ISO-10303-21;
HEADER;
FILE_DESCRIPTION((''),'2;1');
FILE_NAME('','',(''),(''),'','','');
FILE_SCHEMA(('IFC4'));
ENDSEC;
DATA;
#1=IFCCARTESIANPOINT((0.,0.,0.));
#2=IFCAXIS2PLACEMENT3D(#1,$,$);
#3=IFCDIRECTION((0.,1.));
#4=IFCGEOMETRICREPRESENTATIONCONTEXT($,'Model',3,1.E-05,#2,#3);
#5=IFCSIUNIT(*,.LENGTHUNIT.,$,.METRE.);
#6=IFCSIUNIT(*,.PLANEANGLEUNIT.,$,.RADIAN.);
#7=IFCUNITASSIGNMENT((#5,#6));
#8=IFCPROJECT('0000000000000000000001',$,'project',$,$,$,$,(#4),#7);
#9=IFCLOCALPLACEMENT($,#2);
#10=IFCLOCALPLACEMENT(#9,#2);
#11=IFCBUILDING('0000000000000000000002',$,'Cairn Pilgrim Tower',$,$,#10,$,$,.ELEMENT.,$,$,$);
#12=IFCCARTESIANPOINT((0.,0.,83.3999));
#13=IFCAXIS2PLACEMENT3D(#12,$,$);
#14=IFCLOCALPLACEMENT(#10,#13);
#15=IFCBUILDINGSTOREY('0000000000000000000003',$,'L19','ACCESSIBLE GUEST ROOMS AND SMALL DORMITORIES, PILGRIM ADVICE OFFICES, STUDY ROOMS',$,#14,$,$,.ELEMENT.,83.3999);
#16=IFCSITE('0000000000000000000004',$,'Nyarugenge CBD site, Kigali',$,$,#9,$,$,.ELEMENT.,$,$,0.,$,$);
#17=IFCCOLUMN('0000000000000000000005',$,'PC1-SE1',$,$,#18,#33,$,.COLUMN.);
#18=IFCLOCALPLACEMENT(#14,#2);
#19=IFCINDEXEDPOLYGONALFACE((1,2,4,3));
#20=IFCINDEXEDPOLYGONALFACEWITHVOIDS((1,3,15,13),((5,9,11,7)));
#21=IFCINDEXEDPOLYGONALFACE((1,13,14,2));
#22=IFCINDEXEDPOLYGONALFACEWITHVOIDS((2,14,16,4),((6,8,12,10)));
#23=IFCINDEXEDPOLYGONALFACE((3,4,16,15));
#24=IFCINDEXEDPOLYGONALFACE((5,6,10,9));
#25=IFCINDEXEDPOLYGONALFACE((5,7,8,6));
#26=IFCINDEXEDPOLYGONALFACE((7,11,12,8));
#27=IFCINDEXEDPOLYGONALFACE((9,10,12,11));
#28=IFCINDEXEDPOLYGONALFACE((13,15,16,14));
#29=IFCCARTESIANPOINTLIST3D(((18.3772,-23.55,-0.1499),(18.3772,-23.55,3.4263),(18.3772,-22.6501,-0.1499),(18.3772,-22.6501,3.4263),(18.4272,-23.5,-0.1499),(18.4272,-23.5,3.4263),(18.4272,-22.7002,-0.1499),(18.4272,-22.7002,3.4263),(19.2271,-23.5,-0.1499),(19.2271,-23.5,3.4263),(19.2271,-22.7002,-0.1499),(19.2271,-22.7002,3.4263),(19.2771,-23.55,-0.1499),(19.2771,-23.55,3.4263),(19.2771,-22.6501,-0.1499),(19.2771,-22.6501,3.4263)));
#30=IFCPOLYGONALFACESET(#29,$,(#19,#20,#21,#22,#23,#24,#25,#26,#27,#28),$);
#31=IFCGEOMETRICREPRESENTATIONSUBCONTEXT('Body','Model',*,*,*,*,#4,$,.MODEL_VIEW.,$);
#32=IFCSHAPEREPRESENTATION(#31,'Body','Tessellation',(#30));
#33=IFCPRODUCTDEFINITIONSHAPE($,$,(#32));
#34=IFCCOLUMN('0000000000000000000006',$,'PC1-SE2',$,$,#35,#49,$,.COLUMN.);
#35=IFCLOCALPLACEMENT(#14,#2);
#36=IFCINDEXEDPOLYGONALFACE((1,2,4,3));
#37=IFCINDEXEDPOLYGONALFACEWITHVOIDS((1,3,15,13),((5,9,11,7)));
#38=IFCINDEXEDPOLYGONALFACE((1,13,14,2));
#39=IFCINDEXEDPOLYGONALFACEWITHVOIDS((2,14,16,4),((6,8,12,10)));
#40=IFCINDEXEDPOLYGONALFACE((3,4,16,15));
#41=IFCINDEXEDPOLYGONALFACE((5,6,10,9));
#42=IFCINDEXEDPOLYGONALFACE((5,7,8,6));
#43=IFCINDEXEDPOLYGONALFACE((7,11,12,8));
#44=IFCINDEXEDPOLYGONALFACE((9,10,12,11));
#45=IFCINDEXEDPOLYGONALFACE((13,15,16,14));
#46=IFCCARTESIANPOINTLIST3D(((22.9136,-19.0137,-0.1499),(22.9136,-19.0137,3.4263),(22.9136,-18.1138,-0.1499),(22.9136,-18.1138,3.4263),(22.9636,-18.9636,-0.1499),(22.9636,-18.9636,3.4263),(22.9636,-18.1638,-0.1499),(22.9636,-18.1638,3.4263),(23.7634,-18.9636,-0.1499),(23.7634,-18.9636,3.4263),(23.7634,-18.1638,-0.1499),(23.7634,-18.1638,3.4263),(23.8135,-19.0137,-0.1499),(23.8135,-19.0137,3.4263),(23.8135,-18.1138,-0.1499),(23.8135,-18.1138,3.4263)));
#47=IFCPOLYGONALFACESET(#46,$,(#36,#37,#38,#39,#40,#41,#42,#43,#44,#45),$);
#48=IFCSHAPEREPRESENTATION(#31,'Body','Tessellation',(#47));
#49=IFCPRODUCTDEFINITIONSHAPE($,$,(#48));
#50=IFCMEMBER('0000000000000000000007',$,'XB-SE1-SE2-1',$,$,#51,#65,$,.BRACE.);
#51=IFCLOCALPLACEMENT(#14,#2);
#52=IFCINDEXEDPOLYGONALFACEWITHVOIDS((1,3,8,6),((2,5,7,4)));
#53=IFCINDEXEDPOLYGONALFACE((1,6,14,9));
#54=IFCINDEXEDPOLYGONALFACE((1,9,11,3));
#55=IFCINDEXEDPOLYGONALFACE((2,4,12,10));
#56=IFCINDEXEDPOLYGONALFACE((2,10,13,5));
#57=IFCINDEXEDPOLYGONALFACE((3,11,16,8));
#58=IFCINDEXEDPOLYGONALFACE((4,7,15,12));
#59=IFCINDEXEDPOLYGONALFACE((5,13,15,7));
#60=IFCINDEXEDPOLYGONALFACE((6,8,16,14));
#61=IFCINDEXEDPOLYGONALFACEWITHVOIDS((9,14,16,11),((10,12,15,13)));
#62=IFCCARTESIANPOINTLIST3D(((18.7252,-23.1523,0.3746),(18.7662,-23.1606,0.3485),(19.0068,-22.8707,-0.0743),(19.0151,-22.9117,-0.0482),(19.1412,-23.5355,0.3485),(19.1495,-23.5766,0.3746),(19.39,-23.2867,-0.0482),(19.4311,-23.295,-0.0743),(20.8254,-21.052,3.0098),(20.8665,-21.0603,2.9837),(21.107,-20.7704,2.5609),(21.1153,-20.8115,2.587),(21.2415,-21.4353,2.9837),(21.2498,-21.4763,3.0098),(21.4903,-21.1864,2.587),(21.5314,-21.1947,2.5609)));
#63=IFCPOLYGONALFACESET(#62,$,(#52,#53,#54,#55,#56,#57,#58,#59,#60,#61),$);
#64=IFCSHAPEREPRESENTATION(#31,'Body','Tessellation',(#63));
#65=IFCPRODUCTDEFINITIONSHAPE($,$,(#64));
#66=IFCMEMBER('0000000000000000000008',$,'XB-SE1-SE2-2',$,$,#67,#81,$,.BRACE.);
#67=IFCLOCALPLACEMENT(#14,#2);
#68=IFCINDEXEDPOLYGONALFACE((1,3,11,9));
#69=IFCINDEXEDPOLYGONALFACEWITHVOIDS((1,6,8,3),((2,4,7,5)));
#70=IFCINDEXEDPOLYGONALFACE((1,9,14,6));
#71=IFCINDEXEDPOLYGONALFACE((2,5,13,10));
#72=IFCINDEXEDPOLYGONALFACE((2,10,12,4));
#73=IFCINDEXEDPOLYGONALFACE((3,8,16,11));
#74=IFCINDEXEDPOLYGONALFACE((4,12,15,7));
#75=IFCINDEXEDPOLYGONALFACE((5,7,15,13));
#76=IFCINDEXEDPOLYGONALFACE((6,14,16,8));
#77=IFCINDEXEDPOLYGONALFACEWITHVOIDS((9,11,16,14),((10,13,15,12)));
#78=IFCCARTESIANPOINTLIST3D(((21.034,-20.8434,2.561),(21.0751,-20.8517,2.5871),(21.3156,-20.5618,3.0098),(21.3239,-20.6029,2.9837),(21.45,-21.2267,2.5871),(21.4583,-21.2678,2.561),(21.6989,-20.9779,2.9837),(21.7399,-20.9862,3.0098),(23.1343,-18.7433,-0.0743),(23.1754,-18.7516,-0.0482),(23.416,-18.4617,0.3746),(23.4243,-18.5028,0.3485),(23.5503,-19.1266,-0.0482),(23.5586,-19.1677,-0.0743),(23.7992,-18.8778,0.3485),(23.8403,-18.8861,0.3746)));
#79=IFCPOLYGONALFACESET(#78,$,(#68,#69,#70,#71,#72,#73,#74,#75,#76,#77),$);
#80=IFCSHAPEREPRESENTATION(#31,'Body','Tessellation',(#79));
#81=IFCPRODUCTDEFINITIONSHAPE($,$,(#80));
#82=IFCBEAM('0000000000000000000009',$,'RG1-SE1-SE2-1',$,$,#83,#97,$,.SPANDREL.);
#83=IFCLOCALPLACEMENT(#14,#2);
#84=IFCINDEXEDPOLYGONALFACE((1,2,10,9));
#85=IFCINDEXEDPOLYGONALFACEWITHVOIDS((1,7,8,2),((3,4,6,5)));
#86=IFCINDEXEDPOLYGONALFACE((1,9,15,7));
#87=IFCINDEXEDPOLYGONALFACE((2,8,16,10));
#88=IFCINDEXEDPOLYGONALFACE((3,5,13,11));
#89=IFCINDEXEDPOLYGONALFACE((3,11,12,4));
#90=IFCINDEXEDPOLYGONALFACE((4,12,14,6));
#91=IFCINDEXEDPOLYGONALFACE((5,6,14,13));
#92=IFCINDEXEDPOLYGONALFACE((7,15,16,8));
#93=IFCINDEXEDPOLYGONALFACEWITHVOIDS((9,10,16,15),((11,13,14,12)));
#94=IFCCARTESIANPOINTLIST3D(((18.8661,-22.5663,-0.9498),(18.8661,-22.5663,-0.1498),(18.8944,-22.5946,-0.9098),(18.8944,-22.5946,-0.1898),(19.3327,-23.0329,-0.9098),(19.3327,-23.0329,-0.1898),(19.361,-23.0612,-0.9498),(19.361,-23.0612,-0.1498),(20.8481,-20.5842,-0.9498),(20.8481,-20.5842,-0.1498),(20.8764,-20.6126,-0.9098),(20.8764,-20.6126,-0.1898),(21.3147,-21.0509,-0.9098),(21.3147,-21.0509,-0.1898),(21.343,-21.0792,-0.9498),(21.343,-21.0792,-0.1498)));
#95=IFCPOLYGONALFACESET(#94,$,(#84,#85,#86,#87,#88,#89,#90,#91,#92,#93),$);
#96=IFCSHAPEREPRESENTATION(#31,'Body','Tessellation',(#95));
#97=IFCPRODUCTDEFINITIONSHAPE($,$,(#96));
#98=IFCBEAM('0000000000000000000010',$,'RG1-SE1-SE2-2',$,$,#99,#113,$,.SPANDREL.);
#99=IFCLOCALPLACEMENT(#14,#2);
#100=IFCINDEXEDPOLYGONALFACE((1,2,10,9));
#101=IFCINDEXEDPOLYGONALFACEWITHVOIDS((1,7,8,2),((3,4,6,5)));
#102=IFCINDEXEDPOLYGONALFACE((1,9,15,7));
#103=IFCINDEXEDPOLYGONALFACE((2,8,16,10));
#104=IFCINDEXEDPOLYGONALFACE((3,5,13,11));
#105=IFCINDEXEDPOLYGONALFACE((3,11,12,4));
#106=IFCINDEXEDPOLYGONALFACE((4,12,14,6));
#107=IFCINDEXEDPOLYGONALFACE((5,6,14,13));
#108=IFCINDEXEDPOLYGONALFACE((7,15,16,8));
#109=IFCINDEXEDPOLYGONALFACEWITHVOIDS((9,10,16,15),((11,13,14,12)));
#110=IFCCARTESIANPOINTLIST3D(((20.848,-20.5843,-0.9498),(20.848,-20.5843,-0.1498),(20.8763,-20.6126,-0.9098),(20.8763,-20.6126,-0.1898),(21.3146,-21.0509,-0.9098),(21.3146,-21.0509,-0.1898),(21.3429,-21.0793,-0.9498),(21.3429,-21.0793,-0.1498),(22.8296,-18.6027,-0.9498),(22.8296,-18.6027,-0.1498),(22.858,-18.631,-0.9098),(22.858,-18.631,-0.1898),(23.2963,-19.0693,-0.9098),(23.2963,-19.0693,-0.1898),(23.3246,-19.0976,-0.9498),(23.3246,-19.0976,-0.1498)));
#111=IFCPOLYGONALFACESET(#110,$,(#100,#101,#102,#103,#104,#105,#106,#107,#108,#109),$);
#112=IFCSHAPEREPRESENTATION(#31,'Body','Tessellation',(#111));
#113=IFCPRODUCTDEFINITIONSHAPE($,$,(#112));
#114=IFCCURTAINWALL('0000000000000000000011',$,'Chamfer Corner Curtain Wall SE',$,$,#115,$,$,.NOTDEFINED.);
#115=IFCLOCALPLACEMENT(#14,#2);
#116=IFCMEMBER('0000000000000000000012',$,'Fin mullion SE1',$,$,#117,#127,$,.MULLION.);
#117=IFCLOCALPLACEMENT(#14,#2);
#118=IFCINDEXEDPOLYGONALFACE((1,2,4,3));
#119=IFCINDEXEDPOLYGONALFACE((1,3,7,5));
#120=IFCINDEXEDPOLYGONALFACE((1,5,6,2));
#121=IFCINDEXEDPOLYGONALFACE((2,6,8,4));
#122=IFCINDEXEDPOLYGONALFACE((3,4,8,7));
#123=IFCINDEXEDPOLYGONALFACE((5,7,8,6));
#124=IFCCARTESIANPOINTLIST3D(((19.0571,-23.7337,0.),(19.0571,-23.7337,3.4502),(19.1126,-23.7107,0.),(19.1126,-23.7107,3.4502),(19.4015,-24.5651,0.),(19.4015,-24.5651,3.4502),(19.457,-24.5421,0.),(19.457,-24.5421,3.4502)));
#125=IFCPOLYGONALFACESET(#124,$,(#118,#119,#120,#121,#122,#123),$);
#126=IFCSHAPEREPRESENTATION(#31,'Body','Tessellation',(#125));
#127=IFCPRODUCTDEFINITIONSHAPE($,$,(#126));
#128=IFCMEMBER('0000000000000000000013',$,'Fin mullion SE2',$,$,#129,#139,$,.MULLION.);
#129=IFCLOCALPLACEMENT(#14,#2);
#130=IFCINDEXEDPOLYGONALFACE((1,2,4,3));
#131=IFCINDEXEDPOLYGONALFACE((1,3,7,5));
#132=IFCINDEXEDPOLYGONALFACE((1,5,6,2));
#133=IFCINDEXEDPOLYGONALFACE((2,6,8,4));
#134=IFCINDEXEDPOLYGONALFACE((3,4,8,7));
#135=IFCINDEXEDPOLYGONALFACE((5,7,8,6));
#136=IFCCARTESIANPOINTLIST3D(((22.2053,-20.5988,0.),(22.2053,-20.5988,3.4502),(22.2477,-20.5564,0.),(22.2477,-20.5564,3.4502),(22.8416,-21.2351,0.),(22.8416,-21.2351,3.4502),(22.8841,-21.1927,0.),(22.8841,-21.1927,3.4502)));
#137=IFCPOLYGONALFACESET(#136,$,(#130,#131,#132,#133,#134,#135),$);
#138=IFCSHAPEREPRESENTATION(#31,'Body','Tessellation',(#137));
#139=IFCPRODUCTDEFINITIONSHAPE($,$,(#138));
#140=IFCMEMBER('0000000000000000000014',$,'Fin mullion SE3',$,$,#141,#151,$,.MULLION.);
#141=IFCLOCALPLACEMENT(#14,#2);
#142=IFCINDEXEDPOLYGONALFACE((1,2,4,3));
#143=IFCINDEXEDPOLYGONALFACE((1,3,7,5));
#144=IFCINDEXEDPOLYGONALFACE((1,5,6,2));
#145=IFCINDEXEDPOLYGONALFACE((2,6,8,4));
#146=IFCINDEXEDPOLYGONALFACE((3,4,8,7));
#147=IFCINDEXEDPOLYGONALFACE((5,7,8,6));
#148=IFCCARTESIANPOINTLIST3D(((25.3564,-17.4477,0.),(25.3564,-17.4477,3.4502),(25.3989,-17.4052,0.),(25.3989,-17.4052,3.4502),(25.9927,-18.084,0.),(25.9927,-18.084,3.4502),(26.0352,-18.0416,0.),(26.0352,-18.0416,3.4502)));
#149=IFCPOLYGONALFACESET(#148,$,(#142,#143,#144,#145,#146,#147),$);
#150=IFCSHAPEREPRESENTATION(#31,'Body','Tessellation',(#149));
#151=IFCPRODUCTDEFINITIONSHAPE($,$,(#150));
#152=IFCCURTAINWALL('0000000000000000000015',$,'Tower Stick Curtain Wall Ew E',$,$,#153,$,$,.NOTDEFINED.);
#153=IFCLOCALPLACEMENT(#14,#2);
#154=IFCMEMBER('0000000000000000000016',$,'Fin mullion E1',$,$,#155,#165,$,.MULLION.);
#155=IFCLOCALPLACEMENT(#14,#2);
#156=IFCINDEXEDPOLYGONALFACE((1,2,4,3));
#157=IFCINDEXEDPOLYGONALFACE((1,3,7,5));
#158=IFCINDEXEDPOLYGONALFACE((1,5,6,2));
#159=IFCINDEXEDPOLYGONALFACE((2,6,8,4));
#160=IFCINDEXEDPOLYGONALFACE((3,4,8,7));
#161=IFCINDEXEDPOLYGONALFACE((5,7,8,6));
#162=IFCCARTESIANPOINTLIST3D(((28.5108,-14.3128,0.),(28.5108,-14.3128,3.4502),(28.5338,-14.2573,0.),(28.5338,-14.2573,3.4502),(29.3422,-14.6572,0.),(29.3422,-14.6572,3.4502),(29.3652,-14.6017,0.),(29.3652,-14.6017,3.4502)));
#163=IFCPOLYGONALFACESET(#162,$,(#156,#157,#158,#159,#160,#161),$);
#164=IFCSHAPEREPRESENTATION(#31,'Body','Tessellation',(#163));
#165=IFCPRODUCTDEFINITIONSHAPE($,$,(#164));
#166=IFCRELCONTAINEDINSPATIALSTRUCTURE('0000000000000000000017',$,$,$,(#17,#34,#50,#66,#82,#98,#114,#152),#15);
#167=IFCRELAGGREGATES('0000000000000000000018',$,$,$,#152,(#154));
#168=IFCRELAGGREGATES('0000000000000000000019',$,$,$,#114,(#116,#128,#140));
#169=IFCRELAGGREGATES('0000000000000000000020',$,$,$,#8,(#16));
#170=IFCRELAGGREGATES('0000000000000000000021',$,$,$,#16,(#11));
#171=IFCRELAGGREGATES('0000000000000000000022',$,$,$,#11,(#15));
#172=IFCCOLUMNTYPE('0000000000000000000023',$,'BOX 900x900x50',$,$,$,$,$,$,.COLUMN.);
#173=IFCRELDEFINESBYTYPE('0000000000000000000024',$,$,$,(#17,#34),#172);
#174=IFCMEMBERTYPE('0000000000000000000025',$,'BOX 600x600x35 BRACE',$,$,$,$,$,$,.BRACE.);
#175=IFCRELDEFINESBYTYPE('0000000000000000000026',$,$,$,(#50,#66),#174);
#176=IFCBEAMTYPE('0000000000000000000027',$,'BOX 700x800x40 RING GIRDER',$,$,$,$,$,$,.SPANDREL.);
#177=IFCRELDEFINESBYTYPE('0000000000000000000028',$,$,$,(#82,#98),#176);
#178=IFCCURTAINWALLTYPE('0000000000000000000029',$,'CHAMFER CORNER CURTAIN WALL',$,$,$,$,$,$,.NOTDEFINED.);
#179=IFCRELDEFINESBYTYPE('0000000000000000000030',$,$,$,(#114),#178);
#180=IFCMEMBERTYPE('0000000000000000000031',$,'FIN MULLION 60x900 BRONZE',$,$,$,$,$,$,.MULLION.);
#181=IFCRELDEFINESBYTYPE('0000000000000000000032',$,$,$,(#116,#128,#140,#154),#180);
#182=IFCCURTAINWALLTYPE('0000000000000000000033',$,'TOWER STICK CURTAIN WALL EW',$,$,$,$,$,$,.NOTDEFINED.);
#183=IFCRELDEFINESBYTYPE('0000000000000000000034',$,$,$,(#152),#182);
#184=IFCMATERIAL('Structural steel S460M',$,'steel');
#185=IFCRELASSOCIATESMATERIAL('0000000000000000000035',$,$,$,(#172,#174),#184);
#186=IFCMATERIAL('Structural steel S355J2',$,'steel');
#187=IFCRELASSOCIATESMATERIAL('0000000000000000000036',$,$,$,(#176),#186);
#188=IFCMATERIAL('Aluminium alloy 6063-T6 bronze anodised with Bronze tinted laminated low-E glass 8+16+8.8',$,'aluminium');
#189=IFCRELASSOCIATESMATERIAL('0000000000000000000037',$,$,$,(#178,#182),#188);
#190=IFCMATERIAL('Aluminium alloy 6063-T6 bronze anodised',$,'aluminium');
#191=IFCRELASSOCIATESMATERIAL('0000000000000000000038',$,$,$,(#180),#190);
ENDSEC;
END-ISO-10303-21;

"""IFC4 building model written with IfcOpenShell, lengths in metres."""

from ifc_helpers import new_model, si_unit, direction, frame, origin, origin_2d, place, context, subcontext, project, spatial, rectangle, hollow_rectangle, extrude, clip, halfspace, material, material_profile, profile_set, type_object, element, aggregate, save


model = new_model("IFC4")

# Units and contexts
model_context = context("Model", 3, precision=1e-05, world=origin(), true_north=direction((0.0, 1.0)))
body_context = subcontext(model_context, "Body", "Model", "MODEL_VIEW")
ifc_project = project(units=[si_unit("LENGTHUNIT", "METRE"), si_unit("PLANEANGLEUNIT", "RADIAN")], contexts=[model_context])

# Site, building, storey
site_placement = place(None, origin())
site = spatial("IfcSite", under=ifc_project, at=site_placement, Name="Nyarugenge CBD site, Kigali", CompositionType="ELEMENT", RefElevation=0.0)
building_placement = place(site_placement, origin())
building = spatial("IfcBuilding", under=site, at=building_placement, Name="Cairn Pilgrim Tower", CompositionType="ELEMENT")
storey_placement = place(building_placement, frame((0.0, 0.0, 83.3999)))
storey = spatial("IfcBuildingStorey", under=building, at=storey_placement, Name="L19", Description="ACCESSIBLE GUEST ROOMS AND SMALL DORMITORIES, PILGRIM ADVICE OFFICES, STUDY ROOMS", CompositionType="ELEMENT", Elevation=83.3999)

# Columns
ifc_material_1 = material(Name="Structural steel S460M", Category="steel")
ifc_material_profile_1 = material_profile(ifc_material_1, hollow_rectangle(XDim=0.8999, YDim=0.8999, WallThickness=0.05, at=origin_2d()), Name="BOX 900x900x50")
ifc_profile_set_1 = profile_set([ifc_material_profile_1], Name="Structural steel S460M")
column_type = type_object("IfcColumnType", Name="BOX 900x900x50", PredefinedType="COLUMN", material=ifc_profile_set_1)
for number, where, z_axis, x_axis, name in (
    (1, (18.8271, -23.1001, -0.1499), (0.0, 0.0, 1.0), (1.0, 0.0, 0.0), "PC1-SE1"),
    (2, (23.3635, -18.5637, -0.1499), (0.0, 0.0, 1.0), (1.0, 0.0, 0.0), "PC1-SE2"),
):
    element("IfcColumn", number, at=place(storey_placement, frame(where, z_axis=z_axis, x_axis=x_axis)), inside=storey, type_object=column_type, Name=name, PredefinedType="COLUMN", context=body_context, shape_type="Clipping", body=[
        clip(extrude(hollow_rectangle(XDim=0.8999, YDim=0.8999, WallThickness=0.05, at=origin_2d()), origin(), (0.0, 0.0, 1.0), 3.6001), halfspace(frame((0.0, 0.0, 3.5762), z_axis=(0.0, 0.0, 1.0), x_axis=(1.0, 0.0, 0.0)), False)),
    ])

# Members
ifc_material_profile_2 = material_profile(ifc_material_1, hollow_rectangle(XDim=0.6001, YDim=0.6001, WallThickness=0.0349, at=origin_2d()), Name="BOX 600x600x35")
ifc_profile_set_2 = profile_set([ifc_material_profile_2], Name="Structural steel S460M")
member_type_1 = type_object("IfcMemberType", Name="BOX 600x600x35 BRACE", PredefinedType="BRACE", material=ifc_profile_set_2)
for number, where, z_axis, x_axis, name in (
    (3, (19.0781, -23.2236, 0.1501), (0.528944, 0.528944, 0.663654), (-0.707107, 0.707107, 0.0), "XB-SE1-SE2-1"),
    (4, (23.4873, -18.8147, 0.1501), (-0.528961, -0.528899, 0.663676), (0.707066, -0.707148, 0.0), "XB-SE1-SE2-2"),
):
    element("IfcMember", number, at=place(storey_placement, frame(where, z_axis=z_axis, x_axis=x_axis)), inside=storey, type_object=member_type_1, Name=name, PredefinedType="BRACE", context=body_context, shape_type="SweptSolid", body=[
        extrude(hollow_rectangle(XDim=0.6001, YDim=0.6001, WallThickness=0.0349, at=origin_2d()), origin(), (0.0, 0.0, 1.0), 3.9707),
    ])

# Beams
ifc_material_2 = material(Name="Structural steel S355J2", Category="steel")
ifc_material_profile_3 = material_profile(ifc_material_2, hollow_rectangle(XDim=0.7, YDim=0.8, WallThickness=0.04, at=origin_2d()), Name="BOX 700x800x40")
ifc_profile_set_3 = profile_set([ifc_material_profile_3], Name="Structural steel S355J2")
beam_type_1 = type_object("IfcBeamType", Name="BOX 700x800x40 RING GIRDER", PredefinedType="SPANDREL", material=ifc_profile_set_3)
beam_1_placement = place(storey_placement, frame((19.1135, -22.8137, -0.5498), z_axis=(0.707107, 0.707107, 0.0), x_axis=(-0.707107, 0.707107, 0.0)))
element("IfcBeam", 5, at=beam_1_placement, inside=storey, type_object=beam_type_1, Name="RG1-SE1-SE2-1", PredefinedType="SPANDREL", context=body_context, shape_type="SweptSolid", body=[
    extrude(hollow_rectangle(XDim=0.7, YDim=0.8, WallThickness=0.04, at=origin_2d()), origin(), (0.0, 0.0, 1.0), 2.803),
])
beam_2_placement = place(storey_placement, frame((21.0955, -20.8318, -0.5498), z_axis=(0.707107, 0.707107, 0.0), x_axis=(-0.707107, 0.707107, 0.0)))
element("IfcBeam", 6, at=beam_2_placement, inside=storey, type_object=beam_type_1, Name="RG1-SE1-SE2-2", PredefinedType="SPANDREL", context=body_context, shape_type="SweptSolid", body=[
    extrude(hollow_rectangle(XDim=0.7, YDim=0.8, WallThickness=0.04, at=origin_2d()), origin(), (0.0, 0.0, 1.0), 2.8025),
])

# Curtain wall, members
ifc_material_3 = material(Name="Aluminium alloy 6063-T6 bronze anodised with Bronze tinted laminated low-E glass 8+16+8.8", Category="aluminium")
curtain_wall_type_1 = type_object("IfcCurtainWallType", Name="CHAMFER CORNER CURTAIN WALL", PredefinedType="NOTDEFINED", material=ifc_material_3)
curtain_wall_1_placement = place(storey_placement, origin())
curtain_wall_1 = element("IfcCurtainWall", 7, at=curtain_wall_1_placement, inside=storey, type_object=curtain_wall_type_1, Name="Chamfer Corner Curtain Wall SE", PredefinedType="NOTDEFINED")
ifc_material_4 = material(Name="Aluminium alloy 6063-T6 bronze anodised", Category="aluminium")
ifc_material_profile_4 = material_profile(ifc_material_4, rectangle(XDim=0.8999, YDim=0.0601, at=origin_2d()), Name="FIN MULLION 60x900 BRONZE")
ifc_profile_set_4 = profile_set([ifc_material_profile_4], Name="Aluminium alloy 6063-T6 bronze anodised")
member_type_2 = type_object("IfcMemberType", Name="FIN MULLION 60x900 BRONZE", PredefinedType="MULLION", material=ifc_profile_set_4)
member_1_placement = place(storey_placement, frame((19.2571, -24.1379, 0.0), z_axis=(0.0, 0.0, 1.0), x_axis=(0.382683, -0.92388, 0.0)))
member_1 = element("IfcMember", 8, at=member_1_placement, type_object=member_type_2, Name="Fin mullion SE1", PredefinedType="MULLION", context=body_context, shape_type="SweptSolid", body=[
    extrude(rectangle(XDim=0.8999, YDim=0.0601, at=origin_2d()), origin(), (0.0, 0.0, 1.0), 3.4502),
])
member_2_placement = place(storey_placement, frame((22.5447, -20.8958, 0.0), z_axis=(0.0, 0.0, 1.0), x_axis=(0.707107, -0.707107, 0.0)))
member_2 = element("IfcMember", 9, at=member_2_placement, type_object=member_type_2, Name="Fin mullion SE2", PredefinedType="MULLION", context=body_context, shape_type="SweptSolid", body=[
    extrude(rectangle(XDim=0.8999, YDim=0.0601, at=origin_2d()), origin(), (0.0, 0.0, 1.0), 3.4502),
])
member_3_placement = place(storey_placement, frame((25.6958, -17.7446, 0.0), z_axis=(0.0, 0.0, 1.0), x_axis=(0.707107, -0.707107, 0.0)))
member_3 = element("IfcMember", 10, at=member_3_placement, type_object=member_type_2, Name="Fin mullion SE3", PredefinedType="MULLION", context=body_context, shape_type="SweptSolid", body=[
    extrude(rectangle(XDim=0.8999, YDim=0.0601, at=origin_2d()), origin(), (0.0, 0.0, 1.0), 3.4502),
])

# Curtain wall, member
curtain_wall_type_2 = type_object("IfcCurtainWallType", Name="TOWER STICK CURTAIN WALL EW", PredefinedType="NOTDEFINED", material=ifc_material_3)
curtain_wall_2_placement = place(storey_placement, origin())
curtain_wall_2 = element("IfcCurtainWall", 11, at=curtain_wall_2_placement, inside=storey, type_object=curtain_wall_type_2, Name="Tower Stick Curtain Wall Ew E", PredefinedType="NOTDEFINED")
member_4_placement = place(storey_placement, frame((28.938, -14.4573, 0.0), z_axis=(0.0, 0.0, 1.0), x_axis=(0.92388, -0.382683, 0.0)))
member_4 = element("IfcMember", 12, at=member_4_placement, type_object=member_type_2, Name="Fin mullion E1", PredefinedType="MULLION", context=body_context, shape_type="SweptSolid", body=[
    extrude(rectangle(XDim=0.8999, YDim=0.0601, at=origin_2d()), origin(), (0.0, 0.0, 1.0), 3.4502),
])
aggregate(curtain_wall_2, [member_4])

aggregate(curtain_wall_1, [member_1, member_2, member_3])

save(model, "model.ifc")
